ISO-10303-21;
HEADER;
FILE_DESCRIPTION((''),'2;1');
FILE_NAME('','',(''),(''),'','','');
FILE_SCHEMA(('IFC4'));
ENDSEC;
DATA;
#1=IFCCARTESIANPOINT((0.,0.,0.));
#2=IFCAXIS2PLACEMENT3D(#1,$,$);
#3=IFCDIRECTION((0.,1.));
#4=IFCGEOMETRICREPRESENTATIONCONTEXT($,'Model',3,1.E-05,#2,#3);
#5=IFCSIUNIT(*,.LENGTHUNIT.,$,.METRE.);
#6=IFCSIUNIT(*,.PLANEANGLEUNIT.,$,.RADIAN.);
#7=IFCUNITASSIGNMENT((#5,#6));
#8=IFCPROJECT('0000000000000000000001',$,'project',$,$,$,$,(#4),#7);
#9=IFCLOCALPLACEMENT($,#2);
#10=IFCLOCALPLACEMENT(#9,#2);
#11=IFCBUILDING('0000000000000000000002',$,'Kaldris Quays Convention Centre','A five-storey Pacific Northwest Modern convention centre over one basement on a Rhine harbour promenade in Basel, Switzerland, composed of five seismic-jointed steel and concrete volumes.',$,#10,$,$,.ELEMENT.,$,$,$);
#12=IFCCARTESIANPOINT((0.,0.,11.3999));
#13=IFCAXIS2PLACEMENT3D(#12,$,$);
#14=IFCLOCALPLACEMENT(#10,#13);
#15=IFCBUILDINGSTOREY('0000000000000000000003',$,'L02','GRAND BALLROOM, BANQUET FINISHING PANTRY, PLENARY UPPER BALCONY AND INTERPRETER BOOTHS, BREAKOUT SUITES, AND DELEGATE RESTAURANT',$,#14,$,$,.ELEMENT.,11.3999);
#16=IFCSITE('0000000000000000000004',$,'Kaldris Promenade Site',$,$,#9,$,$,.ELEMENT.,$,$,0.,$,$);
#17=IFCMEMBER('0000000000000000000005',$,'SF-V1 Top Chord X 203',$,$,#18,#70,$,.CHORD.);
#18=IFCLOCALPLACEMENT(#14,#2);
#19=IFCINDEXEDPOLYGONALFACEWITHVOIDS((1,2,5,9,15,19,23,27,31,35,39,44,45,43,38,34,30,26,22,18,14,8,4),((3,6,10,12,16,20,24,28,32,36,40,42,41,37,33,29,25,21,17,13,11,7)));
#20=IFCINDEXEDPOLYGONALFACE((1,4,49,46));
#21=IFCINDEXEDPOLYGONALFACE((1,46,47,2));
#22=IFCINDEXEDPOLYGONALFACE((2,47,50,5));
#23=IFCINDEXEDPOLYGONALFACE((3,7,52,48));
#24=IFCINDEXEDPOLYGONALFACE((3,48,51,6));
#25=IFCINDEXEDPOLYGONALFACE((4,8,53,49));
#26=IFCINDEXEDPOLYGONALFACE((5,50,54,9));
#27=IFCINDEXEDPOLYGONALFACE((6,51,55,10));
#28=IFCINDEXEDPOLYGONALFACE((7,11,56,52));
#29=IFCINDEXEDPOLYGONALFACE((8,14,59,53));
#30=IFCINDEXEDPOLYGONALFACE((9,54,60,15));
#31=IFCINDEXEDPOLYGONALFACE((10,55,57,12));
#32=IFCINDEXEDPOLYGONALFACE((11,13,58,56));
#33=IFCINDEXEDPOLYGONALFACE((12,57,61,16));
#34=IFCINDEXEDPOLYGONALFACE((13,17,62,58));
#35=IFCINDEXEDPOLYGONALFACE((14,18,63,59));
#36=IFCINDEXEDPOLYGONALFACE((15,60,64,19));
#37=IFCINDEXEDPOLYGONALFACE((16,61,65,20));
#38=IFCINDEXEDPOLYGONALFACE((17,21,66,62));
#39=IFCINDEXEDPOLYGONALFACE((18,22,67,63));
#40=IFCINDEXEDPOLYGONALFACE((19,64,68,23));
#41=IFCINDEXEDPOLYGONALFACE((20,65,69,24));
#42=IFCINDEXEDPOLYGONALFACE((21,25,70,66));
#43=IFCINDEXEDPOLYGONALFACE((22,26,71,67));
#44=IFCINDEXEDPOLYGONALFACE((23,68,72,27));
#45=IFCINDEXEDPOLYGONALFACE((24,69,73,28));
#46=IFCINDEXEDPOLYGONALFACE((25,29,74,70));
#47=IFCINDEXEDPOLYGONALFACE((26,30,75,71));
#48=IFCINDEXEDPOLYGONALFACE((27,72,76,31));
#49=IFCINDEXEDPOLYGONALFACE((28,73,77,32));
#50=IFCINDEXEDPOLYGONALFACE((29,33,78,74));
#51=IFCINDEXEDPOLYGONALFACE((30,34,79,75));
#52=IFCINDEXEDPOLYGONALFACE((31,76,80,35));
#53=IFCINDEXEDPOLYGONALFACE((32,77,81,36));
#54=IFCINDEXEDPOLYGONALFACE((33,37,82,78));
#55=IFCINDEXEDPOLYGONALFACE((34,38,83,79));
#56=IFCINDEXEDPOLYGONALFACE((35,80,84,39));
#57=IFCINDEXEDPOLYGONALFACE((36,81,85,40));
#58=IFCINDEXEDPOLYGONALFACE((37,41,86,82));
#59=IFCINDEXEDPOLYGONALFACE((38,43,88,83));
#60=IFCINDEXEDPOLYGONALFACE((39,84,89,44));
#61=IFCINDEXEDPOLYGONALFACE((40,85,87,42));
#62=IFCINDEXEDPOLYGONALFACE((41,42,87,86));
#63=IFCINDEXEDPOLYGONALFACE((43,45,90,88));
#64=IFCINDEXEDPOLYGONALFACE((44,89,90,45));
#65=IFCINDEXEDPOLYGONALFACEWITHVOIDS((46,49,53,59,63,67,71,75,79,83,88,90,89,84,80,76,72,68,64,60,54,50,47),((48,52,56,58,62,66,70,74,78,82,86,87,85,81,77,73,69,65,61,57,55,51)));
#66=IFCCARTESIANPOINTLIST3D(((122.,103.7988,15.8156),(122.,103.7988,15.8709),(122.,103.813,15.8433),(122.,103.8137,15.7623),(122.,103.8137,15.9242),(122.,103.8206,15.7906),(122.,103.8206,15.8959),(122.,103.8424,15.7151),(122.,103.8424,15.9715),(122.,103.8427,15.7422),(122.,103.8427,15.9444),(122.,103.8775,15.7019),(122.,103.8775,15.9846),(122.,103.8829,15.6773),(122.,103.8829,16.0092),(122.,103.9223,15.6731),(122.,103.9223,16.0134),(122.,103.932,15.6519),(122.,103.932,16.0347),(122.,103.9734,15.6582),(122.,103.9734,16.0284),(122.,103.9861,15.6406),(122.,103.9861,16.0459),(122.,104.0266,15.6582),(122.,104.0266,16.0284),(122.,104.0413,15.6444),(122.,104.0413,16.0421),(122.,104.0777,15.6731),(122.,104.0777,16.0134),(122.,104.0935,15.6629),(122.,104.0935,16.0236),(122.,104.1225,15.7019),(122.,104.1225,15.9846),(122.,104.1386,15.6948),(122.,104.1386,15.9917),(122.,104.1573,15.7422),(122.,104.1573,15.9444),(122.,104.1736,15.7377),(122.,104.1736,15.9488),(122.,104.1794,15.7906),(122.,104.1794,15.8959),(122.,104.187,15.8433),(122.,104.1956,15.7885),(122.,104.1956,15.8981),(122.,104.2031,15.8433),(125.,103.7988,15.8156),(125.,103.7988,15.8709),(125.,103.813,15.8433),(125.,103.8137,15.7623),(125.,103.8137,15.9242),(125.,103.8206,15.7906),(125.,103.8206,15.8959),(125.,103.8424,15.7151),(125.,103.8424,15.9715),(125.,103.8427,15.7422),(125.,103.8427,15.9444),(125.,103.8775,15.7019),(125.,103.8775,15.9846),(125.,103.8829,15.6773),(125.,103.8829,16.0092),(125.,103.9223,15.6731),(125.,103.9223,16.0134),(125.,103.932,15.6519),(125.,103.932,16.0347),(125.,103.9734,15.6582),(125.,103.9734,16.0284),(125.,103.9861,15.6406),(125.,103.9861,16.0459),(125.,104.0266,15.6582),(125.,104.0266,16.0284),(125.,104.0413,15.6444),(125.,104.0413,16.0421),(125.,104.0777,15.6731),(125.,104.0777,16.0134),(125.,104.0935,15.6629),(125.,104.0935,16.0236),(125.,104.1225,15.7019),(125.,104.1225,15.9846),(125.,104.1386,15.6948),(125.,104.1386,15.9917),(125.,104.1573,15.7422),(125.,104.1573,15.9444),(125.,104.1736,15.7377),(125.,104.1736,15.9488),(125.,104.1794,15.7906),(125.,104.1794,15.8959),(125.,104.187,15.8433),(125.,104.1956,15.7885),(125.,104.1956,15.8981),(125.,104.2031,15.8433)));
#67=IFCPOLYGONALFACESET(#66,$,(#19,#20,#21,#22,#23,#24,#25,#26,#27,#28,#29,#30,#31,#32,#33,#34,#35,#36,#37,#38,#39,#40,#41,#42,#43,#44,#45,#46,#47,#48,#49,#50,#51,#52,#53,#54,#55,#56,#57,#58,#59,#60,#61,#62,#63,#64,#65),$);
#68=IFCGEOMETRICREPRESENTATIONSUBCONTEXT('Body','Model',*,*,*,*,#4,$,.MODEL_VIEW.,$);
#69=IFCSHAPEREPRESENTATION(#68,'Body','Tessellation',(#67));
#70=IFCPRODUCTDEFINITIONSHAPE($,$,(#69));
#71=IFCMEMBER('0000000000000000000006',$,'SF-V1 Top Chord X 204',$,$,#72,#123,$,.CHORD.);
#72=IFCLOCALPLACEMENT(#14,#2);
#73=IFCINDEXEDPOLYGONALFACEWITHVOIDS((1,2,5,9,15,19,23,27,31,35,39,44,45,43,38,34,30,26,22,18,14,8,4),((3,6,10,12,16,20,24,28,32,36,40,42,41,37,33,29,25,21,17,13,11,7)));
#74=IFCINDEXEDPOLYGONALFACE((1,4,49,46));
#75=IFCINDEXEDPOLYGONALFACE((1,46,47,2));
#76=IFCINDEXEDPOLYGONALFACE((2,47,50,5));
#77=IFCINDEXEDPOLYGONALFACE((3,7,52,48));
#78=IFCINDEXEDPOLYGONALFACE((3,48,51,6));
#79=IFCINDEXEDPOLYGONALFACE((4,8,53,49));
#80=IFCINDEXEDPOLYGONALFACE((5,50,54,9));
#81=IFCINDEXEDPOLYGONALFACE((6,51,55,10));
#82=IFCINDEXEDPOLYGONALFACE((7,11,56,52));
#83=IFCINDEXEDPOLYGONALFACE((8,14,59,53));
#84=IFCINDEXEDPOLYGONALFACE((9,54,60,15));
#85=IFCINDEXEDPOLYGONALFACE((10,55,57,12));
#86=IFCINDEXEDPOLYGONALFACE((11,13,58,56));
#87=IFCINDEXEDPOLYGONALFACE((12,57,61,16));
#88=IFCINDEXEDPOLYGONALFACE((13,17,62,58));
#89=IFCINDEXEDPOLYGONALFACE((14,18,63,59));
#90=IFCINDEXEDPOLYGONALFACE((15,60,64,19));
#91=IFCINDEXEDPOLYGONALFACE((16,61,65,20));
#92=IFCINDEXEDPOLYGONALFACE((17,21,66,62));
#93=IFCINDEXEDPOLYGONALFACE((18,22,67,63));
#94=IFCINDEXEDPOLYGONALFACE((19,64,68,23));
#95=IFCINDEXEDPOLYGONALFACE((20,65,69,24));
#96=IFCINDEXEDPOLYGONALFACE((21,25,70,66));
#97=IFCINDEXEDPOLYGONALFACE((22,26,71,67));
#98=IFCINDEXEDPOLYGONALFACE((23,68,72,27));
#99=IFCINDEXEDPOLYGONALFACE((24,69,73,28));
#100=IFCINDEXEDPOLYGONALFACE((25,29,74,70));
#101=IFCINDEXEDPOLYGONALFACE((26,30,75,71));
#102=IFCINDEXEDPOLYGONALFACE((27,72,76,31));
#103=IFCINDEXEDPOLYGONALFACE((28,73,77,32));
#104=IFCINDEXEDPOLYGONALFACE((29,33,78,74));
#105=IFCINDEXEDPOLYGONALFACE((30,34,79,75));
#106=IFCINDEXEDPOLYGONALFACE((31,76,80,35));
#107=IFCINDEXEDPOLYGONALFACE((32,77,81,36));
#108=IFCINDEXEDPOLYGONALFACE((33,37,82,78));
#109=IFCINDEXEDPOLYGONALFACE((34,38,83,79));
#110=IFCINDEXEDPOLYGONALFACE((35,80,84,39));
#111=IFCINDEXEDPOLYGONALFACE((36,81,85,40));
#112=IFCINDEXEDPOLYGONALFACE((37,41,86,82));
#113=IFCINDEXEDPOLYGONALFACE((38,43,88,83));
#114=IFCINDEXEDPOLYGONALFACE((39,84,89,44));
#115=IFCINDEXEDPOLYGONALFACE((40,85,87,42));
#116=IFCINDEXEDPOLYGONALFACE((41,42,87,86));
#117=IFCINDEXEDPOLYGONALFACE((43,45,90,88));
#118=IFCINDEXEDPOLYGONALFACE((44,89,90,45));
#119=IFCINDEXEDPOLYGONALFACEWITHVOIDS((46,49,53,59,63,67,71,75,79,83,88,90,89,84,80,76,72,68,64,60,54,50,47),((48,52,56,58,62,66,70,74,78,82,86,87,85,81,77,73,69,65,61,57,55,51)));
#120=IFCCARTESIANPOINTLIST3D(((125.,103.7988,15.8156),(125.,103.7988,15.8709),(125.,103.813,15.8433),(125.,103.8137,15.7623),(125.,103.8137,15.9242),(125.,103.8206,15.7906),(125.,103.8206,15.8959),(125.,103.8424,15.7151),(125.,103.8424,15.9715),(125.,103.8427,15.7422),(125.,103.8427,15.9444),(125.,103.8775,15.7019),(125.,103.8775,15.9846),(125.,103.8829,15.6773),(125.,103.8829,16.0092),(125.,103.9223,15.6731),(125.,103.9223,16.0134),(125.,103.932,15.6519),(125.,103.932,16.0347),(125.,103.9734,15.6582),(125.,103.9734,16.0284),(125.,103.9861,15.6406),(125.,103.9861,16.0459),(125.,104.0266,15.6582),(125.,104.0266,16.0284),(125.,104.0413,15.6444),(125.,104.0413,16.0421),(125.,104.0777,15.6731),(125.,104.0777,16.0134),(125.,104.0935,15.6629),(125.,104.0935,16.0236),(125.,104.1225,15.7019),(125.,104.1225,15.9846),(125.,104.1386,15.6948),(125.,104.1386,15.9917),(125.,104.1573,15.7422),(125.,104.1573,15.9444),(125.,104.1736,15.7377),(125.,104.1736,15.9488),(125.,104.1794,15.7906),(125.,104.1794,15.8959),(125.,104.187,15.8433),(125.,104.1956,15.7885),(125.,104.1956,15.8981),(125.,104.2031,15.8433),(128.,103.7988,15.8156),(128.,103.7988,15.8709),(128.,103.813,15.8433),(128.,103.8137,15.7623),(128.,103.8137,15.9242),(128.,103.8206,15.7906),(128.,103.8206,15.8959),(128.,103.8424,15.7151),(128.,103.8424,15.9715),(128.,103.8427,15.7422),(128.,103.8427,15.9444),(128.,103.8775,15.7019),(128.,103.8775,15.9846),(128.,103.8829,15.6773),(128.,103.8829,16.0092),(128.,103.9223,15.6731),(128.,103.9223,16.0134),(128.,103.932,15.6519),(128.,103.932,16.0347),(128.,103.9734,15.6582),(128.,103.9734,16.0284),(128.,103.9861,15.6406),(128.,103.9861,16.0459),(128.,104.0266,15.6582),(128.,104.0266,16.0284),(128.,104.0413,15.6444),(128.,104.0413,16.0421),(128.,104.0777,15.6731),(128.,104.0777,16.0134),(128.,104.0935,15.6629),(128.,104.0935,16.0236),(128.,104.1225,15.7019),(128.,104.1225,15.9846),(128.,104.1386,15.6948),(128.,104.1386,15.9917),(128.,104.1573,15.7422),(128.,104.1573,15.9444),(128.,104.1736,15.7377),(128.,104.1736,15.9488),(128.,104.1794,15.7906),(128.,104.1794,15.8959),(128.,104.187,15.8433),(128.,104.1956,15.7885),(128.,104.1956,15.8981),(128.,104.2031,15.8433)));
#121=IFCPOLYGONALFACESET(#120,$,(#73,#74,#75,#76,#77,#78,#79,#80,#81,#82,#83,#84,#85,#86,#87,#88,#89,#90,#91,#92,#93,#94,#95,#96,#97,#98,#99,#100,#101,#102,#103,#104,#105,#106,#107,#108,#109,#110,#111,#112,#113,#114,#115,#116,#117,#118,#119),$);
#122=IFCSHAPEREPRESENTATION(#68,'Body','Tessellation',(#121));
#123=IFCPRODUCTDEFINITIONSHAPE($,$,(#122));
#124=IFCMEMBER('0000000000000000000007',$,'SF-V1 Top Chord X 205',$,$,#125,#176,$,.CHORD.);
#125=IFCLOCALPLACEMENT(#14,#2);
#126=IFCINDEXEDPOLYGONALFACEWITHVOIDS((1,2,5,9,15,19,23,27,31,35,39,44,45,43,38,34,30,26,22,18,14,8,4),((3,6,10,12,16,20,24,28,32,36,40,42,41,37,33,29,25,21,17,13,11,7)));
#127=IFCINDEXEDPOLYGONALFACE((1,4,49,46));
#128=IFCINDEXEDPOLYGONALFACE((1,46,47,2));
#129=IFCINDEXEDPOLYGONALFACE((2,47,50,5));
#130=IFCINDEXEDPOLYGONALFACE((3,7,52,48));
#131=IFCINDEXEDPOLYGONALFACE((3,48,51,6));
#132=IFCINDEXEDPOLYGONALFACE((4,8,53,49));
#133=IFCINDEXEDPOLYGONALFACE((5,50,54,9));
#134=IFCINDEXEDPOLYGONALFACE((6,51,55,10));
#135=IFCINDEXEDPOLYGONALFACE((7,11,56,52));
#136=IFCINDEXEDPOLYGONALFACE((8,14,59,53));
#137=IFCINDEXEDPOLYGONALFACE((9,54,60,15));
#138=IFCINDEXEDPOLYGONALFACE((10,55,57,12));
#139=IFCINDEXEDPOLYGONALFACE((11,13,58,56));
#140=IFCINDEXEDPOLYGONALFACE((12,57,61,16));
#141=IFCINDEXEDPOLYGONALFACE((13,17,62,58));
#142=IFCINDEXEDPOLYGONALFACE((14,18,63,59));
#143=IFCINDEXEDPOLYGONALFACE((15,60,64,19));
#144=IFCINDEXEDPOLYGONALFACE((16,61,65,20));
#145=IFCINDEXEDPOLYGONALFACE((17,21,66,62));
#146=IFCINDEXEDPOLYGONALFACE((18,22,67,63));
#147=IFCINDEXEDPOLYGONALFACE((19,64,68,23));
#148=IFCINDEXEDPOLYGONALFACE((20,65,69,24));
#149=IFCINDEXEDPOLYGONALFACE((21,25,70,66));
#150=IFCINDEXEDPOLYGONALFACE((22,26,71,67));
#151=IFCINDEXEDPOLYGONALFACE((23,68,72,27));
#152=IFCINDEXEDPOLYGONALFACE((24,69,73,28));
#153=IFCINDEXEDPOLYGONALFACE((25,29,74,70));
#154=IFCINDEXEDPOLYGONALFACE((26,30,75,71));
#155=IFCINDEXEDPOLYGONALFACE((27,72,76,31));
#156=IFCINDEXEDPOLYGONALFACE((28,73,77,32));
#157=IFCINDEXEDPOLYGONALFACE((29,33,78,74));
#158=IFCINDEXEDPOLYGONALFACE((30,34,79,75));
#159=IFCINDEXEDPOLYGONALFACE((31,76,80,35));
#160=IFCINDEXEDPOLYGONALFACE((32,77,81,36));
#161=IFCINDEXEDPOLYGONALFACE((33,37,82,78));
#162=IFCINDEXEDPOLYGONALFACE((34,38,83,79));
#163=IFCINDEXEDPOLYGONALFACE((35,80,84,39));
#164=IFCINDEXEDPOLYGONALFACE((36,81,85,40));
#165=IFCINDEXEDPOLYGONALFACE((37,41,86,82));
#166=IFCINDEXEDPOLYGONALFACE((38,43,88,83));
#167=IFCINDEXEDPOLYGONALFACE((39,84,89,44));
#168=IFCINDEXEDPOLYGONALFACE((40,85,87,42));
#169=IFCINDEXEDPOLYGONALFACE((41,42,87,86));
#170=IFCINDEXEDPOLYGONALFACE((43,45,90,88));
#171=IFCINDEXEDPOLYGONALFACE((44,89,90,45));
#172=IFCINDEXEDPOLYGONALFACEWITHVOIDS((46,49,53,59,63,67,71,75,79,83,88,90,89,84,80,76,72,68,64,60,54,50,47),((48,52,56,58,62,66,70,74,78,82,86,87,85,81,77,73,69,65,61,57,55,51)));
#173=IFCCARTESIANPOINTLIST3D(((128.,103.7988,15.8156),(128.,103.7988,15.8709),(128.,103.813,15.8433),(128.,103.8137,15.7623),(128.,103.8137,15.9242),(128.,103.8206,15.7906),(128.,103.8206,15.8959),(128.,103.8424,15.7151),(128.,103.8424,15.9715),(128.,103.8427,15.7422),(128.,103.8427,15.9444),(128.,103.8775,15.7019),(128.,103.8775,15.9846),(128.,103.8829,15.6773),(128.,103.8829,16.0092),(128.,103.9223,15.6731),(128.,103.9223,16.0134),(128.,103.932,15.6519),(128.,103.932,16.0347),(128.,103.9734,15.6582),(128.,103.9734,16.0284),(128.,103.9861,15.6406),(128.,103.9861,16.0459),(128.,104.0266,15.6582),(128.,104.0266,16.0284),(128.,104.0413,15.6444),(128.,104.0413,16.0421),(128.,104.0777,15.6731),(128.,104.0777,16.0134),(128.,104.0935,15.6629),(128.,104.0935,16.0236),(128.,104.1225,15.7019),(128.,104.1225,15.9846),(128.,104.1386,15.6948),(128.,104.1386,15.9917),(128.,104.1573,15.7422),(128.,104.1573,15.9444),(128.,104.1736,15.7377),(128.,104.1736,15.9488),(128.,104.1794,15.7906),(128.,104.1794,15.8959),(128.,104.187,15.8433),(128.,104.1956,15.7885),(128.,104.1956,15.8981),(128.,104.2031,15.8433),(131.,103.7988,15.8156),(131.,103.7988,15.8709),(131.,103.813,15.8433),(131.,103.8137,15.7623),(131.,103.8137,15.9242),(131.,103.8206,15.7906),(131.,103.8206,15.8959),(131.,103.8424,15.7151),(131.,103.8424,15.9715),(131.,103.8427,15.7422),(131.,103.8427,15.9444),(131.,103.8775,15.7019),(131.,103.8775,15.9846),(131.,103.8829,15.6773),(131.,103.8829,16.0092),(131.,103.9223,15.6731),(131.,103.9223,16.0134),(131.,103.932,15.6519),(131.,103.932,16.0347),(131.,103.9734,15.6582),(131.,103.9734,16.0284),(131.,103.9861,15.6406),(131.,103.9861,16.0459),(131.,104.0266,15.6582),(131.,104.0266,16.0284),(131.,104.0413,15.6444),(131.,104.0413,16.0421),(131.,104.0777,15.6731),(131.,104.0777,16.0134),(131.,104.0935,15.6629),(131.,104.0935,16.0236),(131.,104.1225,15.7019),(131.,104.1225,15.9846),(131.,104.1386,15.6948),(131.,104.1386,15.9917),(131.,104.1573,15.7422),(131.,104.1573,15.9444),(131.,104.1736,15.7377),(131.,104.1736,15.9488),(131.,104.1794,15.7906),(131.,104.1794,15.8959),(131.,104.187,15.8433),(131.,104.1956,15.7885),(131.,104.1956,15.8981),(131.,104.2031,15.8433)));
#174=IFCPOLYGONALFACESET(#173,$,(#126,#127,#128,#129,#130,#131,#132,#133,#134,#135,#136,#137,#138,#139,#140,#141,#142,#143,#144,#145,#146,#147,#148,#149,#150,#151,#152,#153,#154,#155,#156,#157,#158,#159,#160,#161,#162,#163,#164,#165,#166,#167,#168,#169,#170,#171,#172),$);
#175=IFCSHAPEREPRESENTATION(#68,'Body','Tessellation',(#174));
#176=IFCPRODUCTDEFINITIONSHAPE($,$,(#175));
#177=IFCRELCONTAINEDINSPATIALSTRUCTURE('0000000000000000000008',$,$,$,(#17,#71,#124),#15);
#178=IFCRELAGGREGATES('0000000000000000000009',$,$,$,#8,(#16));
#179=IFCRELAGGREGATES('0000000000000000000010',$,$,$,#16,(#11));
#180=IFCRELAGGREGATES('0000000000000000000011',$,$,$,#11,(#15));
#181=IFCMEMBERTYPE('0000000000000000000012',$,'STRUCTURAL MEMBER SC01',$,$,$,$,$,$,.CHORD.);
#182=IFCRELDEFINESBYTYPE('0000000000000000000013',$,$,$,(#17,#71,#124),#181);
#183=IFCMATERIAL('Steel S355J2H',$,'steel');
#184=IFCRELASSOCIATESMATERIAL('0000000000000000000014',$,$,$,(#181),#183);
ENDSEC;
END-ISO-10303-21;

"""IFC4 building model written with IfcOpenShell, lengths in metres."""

from ifc_helpers import new_model, si_unit, direction, frame, origin, origin_2d, place, context, subcontext, project, spatial, hollow_circle, extrude, material, material_profile, profile_set, type_object, element, save


model = new_model("IFC4")

# Units and contexts
model_context = context("Model", 3, precision=1e-05, world=origin(), true_north=direction((0.0, 1.0)))
body_context = subcontext(model_context, "Body", "Model", "MODEL_VIEW")
ifc_project = project(units=[si_unit("LENGTHUNIT", "METRE"), si_unit("PLANEANGLEUNIT", "RADIAN")], contexts=[model_context])

# Site, building, storey
site_placement = place(None, origin())
site = spatial("IfcSite", under=ifc_project, at=site_placement, Name="Kaldris Promenade Site", CompositionType="ELEMENT", RefElevation=0.0)
building_placement = place(site_placement, origin())
building = spatial("IfcBuilding", under=site, at=building_placement, Name="Kaldris Quays Convention Centre", Description="A five-storey Pacific Northwest Modern convention centre over one basement on a Rhine harbour promenade in Basel, Switzerland, composed of five seismic-jointed steel and concrete volumes.", CompositionType="ELEMENT")
storey_placement = place(building_placement, frame((0.0, 0.0, 11.3999)))
storey = spatial("IfcBuildingStorey", under=building, at=storey_placement, Name="L02", Description="GRAND BALLROOM, BANQUET FINISHING PANTRY, PLENARY UPPER BALCONY AND INTERPRETER BOOTHS, BREAKOUT SUITES, AND DELEGATE RESTAURANT", CompositionType="ELEMENT", Elevation=11.3999)

# Members
ifc_material_1 = material(Name="Steel S355J2H", Category="steel")
ifc_material_profile_1 = material_profile(ifc_material_1, hollow_circle(Radius=0.2031, WallThickness=0.0161, at=origin_2d()), Name="CHS 406.4x16")
ifc_profile_set_1 = profile_set([ifc_material_profile_1], Name="Steel S355J2H")
member_type_1 = type_object("IfcMemberType", Name="STRUCTURAL MEMBER SC01", PredefinedType="CHORD", material=ifc_profile_set_1)
for number, where, z_axis, x_axis, name in (
    (1, (122.0, 104.0, 15.8433), (1.0, 0.0, 0.0), (0.0, 1.0, 0.0), "SF-V1 Top Chord X 203"),
    (2, (125.0, 104.0, 15.8433), (1.0, 0.0, 0.0), (0.0, 1.0, 0.0), "SF-V1 Top Chord X 204"),
    (3, (128.0, 104.0, 15.8433), (1.0, 0.0, 0.0), (0.0, 1.0, 0.0), "SF-V1 Top Chord X 205"),
):
    element("IfcMember", number, at=place(storey_placement, frame(where, z_axis=z_axis, x_axis=x_axis)), inside=storey, type_object=member_type_1, Name=name, PredefinedType="CHORD", context=body_context, shape_type="SweptSolid", body=[
        extrude(hollow_circle(Radius=0.2031, WallThickness=0.0161, at=origin_2d()), origin(), (0.0, 0.0, 1.0), 3.0),
    ])

save(model, "model.ifc")
